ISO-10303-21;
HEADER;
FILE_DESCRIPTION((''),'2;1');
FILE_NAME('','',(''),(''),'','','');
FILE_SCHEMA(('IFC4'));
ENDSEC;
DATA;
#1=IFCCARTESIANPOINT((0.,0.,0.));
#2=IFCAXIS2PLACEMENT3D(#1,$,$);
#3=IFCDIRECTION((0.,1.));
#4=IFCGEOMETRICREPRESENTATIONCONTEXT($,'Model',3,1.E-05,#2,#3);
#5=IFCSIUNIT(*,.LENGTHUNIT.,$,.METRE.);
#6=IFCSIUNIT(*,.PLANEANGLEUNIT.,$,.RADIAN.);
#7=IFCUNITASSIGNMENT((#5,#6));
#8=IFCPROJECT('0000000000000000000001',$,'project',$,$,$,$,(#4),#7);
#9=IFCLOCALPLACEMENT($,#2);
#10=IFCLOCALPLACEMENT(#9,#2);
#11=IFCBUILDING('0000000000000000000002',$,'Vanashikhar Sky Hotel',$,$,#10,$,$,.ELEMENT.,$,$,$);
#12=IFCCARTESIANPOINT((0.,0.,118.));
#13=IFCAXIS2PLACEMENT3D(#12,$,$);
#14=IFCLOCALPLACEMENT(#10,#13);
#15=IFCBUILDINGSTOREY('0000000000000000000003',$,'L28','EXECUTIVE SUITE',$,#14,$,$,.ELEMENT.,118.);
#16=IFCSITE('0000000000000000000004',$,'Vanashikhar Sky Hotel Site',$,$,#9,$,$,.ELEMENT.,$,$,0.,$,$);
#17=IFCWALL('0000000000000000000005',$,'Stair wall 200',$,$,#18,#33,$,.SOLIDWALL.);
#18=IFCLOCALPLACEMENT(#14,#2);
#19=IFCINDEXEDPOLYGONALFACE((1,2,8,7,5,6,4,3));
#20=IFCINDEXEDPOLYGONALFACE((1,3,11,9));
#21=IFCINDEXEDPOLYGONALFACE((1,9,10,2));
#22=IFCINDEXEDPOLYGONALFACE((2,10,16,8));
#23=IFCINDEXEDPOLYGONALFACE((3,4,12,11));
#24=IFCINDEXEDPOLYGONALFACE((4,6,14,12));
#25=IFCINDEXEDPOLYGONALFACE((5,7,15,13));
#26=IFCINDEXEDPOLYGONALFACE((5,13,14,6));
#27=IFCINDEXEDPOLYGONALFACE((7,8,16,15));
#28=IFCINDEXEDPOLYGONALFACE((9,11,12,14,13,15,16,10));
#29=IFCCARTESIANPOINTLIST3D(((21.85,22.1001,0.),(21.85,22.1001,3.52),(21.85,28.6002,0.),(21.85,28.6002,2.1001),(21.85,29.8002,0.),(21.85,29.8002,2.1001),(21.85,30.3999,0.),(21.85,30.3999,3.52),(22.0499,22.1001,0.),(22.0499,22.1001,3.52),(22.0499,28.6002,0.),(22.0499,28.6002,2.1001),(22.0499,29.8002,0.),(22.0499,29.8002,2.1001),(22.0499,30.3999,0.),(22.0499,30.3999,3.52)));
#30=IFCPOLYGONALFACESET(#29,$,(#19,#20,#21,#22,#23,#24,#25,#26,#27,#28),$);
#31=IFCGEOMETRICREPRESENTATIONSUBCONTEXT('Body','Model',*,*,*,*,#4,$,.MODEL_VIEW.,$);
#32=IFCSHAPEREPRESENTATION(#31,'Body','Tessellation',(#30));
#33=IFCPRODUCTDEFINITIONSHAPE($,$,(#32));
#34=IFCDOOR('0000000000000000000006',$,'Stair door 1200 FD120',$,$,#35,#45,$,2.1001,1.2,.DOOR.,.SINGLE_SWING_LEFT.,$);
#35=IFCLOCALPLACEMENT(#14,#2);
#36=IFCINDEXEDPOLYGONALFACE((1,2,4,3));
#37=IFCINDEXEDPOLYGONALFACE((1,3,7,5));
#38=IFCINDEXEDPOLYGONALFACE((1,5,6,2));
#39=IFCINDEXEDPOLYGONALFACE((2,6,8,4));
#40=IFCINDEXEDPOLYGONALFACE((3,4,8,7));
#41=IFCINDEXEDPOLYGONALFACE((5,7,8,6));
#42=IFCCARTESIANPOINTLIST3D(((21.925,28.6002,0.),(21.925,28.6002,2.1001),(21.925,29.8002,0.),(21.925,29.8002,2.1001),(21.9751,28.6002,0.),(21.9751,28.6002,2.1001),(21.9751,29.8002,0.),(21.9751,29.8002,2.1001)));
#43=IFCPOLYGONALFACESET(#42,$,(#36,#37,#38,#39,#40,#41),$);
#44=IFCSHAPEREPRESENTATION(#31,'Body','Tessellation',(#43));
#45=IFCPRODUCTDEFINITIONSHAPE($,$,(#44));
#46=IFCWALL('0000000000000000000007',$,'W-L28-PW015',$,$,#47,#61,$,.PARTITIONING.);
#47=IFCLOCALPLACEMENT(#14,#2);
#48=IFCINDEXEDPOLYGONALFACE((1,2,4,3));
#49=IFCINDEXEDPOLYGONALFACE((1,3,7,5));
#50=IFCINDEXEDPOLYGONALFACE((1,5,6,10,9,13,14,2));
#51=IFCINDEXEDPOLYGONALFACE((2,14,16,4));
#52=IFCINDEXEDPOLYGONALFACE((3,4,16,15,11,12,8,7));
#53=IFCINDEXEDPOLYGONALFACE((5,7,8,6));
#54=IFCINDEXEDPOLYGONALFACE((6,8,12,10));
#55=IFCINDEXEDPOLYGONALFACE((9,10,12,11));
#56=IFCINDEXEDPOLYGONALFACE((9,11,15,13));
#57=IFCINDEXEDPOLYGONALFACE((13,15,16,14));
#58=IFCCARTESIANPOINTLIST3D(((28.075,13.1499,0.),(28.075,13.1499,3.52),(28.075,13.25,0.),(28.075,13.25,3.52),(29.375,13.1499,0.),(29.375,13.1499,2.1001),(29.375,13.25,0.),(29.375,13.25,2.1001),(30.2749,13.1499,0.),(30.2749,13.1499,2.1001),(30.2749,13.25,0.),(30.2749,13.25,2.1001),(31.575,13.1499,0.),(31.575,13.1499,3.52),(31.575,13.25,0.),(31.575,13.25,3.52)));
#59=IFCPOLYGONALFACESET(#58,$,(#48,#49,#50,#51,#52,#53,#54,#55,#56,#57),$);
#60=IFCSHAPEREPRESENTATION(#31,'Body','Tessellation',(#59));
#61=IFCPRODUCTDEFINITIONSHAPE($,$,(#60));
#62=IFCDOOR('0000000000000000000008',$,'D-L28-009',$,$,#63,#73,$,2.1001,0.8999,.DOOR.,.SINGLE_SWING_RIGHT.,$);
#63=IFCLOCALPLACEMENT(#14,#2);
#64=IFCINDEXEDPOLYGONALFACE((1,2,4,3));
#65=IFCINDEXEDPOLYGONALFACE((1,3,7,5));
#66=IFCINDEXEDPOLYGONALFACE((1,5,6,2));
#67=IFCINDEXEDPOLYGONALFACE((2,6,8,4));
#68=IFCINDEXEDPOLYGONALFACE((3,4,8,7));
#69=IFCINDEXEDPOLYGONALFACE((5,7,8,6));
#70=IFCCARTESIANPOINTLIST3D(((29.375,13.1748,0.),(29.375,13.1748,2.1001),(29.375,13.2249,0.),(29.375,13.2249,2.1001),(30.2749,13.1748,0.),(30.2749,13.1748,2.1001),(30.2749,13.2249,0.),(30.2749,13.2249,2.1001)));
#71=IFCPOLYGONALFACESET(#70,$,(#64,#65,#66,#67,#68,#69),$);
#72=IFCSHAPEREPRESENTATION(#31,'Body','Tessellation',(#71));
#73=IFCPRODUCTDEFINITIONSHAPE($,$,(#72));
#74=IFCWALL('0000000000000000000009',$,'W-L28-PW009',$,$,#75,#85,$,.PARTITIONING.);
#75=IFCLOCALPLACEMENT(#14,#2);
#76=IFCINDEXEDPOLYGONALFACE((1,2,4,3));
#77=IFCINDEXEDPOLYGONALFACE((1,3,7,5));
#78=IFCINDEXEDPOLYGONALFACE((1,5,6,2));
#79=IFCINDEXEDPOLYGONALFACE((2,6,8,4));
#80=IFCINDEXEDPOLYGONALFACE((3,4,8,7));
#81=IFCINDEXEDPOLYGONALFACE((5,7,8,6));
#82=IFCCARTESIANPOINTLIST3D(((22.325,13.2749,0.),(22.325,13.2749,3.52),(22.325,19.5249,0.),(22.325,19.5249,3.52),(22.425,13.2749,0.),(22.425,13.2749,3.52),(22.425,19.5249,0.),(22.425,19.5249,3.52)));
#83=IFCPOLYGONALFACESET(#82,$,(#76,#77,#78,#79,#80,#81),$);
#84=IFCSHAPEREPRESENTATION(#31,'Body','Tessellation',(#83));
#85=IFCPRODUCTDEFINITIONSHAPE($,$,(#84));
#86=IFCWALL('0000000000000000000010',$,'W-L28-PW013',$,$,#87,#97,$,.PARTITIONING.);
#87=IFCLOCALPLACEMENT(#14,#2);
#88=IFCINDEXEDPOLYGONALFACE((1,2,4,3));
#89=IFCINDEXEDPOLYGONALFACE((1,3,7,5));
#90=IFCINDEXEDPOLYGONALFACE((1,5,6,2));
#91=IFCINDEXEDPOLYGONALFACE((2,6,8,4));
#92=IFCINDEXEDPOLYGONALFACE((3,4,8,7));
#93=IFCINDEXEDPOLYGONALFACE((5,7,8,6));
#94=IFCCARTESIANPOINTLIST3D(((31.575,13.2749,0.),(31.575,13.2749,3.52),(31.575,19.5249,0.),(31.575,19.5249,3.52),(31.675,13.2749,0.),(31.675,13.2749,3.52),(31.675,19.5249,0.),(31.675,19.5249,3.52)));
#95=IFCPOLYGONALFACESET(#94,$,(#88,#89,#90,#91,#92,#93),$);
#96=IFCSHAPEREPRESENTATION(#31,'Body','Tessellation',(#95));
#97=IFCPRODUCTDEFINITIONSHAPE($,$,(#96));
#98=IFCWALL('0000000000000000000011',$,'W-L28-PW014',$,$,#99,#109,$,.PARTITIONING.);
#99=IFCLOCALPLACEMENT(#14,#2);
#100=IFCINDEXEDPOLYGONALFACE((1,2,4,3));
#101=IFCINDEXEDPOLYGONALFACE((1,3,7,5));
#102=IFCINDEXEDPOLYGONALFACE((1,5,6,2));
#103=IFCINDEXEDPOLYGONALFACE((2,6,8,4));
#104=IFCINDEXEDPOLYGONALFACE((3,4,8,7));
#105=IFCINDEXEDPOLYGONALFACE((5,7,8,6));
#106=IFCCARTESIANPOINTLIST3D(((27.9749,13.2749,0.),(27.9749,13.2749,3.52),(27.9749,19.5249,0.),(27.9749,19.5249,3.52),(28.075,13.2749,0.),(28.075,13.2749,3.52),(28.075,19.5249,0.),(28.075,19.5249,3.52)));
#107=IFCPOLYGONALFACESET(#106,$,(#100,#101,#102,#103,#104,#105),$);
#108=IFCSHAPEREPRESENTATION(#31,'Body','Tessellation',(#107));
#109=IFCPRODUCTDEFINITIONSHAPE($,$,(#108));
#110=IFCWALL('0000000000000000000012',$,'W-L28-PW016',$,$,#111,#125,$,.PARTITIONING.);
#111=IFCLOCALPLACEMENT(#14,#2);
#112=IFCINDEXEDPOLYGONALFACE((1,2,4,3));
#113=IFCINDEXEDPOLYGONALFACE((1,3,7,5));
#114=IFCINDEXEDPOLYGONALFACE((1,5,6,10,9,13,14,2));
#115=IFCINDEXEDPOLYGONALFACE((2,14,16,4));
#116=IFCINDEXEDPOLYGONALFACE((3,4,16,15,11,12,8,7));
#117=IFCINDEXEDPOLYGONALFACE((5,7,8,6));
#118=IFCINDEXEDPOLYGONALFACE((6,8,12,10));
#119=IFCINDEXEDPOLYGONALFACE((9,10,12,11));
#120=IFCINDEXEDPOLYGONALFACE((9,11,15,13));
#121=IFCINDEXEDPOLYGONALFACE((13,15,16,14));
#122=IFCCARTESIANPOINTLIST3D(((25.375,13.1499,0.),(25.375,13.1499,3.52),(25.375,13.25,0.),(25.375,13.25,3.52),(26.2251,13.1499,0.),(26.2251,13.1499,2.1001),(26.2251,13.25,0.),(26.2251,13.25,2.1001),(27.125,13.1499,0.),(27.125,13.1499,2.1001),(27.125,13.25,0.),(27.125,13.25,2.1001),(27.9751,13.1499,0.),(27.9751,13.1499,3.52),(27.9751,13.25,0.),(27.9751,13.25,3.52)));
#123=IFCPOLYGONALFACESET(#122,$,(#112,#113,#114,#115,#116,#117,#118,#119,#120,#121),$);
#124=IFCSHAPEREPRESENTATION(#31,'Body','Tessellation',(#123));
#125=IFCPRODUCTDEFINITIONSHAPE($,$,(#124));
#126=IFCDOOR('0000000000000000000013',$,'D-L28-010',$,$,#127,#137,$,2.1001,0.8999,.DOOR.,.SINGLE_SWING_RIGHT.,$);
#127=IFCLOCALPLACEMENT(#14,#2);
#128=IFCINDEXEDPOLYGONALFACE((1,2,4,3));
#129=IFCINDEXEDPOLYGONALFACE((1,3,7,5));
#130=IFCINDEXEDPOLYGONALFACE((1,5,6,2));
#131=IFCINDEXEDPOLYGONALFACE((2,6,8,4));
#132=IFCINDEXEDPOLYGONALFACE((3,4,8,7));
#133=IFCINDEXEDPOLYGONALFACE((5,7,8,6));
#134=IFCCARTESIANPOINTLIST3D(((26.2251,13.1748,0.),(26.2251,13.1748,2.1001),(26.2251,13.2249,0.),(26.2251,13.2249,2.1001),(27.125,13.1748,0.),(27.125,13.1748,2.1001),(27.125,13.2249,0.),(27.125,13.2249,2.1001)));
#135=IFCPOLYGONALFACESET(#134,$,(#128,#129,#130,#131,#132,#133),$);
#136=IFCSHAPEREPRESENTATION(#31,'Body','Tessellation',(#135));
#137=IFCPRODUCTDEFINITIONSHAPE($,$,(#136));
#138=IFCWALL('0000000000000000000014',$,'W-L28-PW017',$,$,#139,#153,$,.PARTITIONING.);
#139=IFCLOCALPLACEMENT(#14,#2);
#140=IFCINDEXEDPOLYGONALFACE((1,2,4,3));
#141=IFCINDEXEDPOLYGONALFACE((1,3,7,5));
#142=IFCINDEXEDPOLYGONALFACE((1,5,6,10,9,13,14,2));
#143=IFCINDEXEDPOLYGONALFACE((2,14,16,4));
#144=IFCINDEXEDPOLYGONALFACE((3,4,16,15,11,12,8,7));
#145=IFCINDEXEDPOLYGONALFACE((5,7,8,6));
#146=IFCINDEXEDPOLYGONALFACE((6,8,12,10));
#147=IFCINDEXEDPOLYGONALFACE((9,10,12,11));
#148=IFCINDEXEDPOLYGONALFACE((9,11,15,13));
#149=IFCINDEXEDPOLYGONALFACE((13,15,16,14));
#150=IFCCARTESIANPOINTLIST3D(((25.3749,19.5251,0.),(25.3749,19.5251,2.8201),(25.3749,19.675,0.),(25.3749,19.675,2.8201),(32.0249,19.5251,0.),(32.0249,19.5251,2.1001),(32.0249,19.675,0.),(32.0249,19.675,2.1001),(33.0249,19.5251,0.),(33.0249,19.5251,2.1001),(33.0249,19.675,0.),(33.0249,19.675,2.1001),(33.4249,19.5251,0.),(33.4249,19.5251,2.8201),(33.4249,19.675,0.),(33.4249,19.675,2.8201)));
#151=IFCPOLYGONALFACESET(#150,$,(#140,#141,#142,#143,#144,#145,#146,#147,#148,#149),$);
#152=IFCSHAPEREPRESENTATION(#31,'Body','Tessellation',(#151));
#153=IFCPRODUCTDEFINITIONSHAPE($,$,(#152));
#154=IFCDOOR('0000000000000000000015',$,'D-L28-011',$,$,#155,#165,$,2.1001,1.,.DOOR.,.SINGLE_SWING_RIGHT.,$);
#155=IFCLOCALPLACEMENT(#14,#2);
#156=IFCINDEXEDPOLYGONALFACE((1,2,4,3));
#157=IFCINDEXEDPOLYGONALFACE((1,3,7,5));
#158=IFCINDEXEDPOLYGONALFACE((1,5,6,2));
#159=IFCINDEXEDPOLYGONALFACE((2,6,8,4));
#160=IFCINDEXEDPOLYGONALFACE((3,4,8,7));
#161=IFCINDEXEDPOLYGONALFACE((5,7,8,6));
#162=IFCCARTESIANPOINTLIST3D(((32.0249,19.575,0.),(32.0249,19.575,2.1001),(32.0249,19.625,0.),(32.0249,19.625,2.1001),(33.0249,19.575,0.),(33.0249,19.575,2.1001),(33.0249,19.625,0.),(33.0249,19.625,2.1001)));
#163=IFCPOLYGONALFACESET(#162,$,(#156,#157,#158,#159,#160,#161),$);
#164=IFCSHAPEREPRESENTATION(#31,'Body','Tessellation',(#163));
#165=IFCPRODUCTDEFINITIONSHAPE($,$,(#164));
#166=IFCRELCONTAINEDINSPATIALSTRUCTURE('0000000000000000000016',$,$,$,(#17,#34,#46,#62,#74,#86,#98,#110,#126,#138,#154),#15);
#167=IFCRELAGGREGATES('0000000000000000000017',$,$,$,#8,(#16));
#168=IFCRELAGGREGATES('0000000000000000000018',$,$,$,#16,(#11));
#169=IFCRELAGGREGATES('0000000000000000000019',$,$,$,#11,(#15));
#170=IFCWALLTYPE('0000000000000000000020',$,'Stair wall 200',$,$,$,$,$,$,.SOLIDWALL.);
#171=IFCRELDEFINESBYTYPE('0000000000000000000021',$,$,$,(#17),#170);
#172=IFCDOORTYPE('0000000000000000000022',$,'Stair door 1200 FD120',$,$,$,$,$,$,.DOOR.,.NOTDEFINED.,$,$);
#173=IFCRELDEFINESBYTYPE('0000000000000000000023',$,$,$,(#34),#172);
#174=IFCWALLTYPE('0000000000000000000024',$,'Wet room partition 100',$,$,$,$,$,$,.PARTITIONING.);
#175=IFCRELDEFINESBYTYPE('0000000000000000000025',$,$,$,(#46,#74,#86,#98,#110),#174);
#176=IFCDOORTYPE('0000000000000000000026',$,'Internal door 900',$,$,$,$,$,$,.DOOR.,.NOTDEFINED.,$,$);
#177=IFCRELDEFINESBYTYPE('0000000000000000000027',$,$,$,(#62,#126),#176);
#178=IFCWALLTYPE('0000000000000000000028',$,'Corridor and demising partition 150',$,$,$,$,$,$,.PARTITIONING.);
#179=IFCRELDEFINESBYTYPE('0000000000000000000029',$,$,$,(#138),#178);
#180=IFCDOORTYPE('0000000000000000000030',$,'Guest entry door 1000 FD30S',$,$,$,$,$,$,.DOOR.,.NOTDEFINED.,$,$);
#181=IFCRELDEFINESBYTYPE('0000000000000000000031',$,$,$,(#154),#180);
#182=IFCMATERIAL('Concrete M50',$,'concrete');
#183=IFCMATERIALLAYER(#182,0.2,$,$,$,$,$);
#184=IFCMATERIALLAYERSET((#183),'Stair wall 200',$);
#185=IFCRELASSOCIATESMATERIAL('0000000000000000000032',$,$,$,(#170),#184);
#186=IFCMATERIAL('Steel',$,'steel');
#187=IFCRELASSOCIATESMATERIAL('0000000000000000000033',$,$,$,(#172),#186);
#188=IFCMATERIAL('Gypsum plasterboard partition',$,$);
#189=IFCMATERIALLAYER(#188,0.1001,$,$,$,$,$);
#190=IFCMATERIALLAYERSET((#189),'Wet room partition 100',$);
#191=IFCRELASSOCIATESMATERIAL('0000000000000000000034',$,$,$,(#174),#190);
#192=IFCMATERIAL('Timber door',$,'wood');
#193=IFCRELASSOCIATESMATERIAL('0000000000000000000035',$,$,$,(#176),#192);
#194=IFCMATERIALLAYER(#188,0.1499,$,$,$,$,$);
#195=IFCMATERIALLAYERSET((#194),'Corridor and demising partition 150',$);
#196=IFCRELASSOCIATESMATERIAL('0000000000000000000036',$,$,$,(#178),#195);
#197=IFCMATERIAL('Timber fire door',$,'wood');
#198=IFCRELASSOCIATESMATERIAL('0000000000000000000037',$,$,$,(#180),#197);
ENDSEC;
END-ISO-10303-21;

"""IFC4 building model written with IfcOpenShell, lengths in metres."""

from ifc_helpers import new_model, si_unit, direction, frame, frame_2d, origin, place, context, subcontext, project, spatial, rectangle, extrude, source, transform, mapped, material, layer, layer_set, type_object, element, fill, save


model = new_model("IFC4")

# Units and contexts
model_context = context("Model", 3, precision=1e-05, world=origin(), true_north=direction((0.0, 1.0)))
body_context = subcontext(model_context, "Body", "Model", "MODEL_VIEW")
ifc_project = project(units=[si_unit("LENGTHUNIT", "METRE"), si_unit("PLANEANGLEUNIT", "RADIAN")], contexts=[model_context])

# Site, building, storey
site_placement = place(None, origin())
site = spatial("IfcSite", under=ifc_project, at=site_placement, Name="Vanashikhar Sky Hotel Site", CompositionType="ELEMENT", RefElevation=0.0)
building_placement = place(site_placement, origin())
building = spatial("IfcBuilding", under=site, at=building_placement, Name="Vanashikhar Sky Hotel", CompositionType="ELEMENT")
storey_placement = place(building_placement, frame((0.0, 0.0, 118.0)))
storey = spatial("IfcBuildingStorey", under=building, at=storey_placement, Name="L28", Description="EXECUTIVE SUITE", CompositionType="ELEMENT", Elevation=118.0)

# Shared definitions
ifc_material_1 = material(Name="Concrete M50", Category="concrete")

# Shared definitions
ifc_material_2 = material(Name="Steel", Category="steel")

# Walls, openings, doors
ifc_layer_1 = layer(ifc_material_1, 0.2)
ifc_layer_set_1 = layer_set([ifc_layer_1], Name="Stair wall 200")
wall_type_1 = type_object("IfcWallType", Name="Stair wall 200", PredefinedType="SOLIDWALL", material=ifc_layer_set_1)
shared_shape_1 = source(origin(), body_context, "Body", "SweptSolid", [
    extrude(rectangle(XDim=8.2998, YDim=0.2, at=frame_2d((4.1499, 0.0))), origin(), (0.0, 0.0, 1.0), 3.52),
])
wall_1_placement = place(storey_placement, frame((21.95, 22.1001, 0.0), z_axis=(0.0, 0.0, 1.0), x_axis=(0.0, 1.0, 0.0)))
wall_1 = element("IfcWall", 1, at=wall_1_placement, inside=storey, type_object=wall_type_1, Name="Stair wall 200", PredefinedType="SOLIDWALL", context=body_context, shape_type="MappedRepresentation", body=[
    mapped(shared_shape_1, transform((0.0, 0.0, 0.0), scale=1.0)),
])
shared_shape_2 = source(origin(), body_context, "Body", "SweptSolid", [
    extrude(rectangle(XDim=1.2, YDim=2.1001, at=frame_2d((0.6001, 1.05))), frame((0.0, 0.1099, 0.0), z_axis=(0.0, -1.0, 0.0), x_axis=(1.0, 0.0, 0.0)), (0.0, 0.0, 1.0), 0.22),
])
opening_1_placement = place(wall_1_placement, frame((6.5, 0.0, 0.0)))
opening_1 = element("IfcOpeningElement", 2, at=opening_1_placement, cuts=wall_1, PredefinedType="OPENING", context=body_context, shape_type="MappedRepresentation", body=[
    mapped(shared_shape_2, transform((0.0, 0.0, 0.0), scale=1.0)),
])
door_type_1 = type_object("IfcDoorType", Name="Stair door 1200 FD120", OperationType="NOTDEFINED", PredefinedType="DOOR", material=ifc_material_2)
shared_shape_3 = source(origin(), body_context, "Body", "SweptSolid", [
    extrude(rectangle(XDim=1.2, YDim=2.1001, at=frame_2d((0.6001, 1.05))), frame((0.0, 0.0249, 0.0), z_axis=(0.0, -1.0, 0.0), x_axis=(1.0, 0.0, 0.0)), (0.0, 0.0, 1.0), 0.05),
])
door_1_placement = place(opening_1_placement, origin())
door_1 = element("IfcDoor", 3, at=door_1_placement, inside=storey, type_object=door_type_1, Name="Stair door 1200 FD120", OperationType="SINGLE_SWING_LEFT", OverallHeight=2.1001, OverallWidth=1.2, PredefinedType="DOOR", context=body_context, shape_type="MappedRepresentation", body=[
    mapped(shared_shape_3, transform((0.0, 0.0, 0.0), scale=1.0)),
])
fill(opening_1, door_1)
ifc_material_3 = material(Name="Gypsum plasterboard partition")
ifc_layer_2 = layer(ifc_material_3, 0.1001)
ifc_layer_set_2 = layer_set([ifc_layer_2], Name="Wet room partition 100")
wall_type_2 = type_object("IfcWallType", Name="Wet room partition 100", PredefinedType="PARTITIONING", material=ifc_layer_set_2)
shared_shape_4 = source(origin(), body_context, "Body", "SweptSolid", [
    extrude(rectangle(XDim=3.5, YDim=0.1001, at=frame_2d((1.75, 0.0))), origin(), (0.0, 0.0, 1.0), 3.52),
])
wall_2_placement = place(storey_placement, frame((28.075, 13.2, 0.0), z_axis=(0.0, 0.0, 1.0), x_axis=(1.0, 0.0, 0.0)))
wall_2 = element("IfcWall", 4, at=wall_2_placement, inside=storey, type_object=wall_type_2, Name="W-L28-PW015", PredefinedType="PARTITIONING", context=body_context, shape_type="MappedRepresentation", body=[
    mapped(shared_shape_4, transform((0.0, 0.0, 0.0), scale=1.0)),
])
shared_shape_5 = source(origin(), body_context, "Body", "SweptSolid", [
    extrude(rectangle(XDim=0.8999, YDim=2.1001, at=frame_2d((0.45, 1.05))), frame((0.0, 0.0601, 0.0), z_axis=(0.0, -1.0, 0.0), x_axis=(1.0, 0.0, 0.0)), (0.0, 0.0, 1.0), 0.1201),
])
opening_2_placement = place(wall_2_placement, frame((1.3, 0.0, 0.0)))
opening_2 = element("IfcOpeningElement", 5, at=opening_2_placement, cuts=wall_2, PredefinedType="OPENING", context=body_context, shape_type="MappedRepresentation", body=[
    mapped(shared_shape_5, transform((0.0, 0.0, 0.0), scale=1.0)),
])
ifc_material_4 = material(Name="Timber door", Category="wood")
door_type_2 = type_object("IfcDoorType", Name="Internal door 900", OperationType="NOTDEFINED", PredefinedType="DOOR", material=ifc_material_4)
shared_shape_6 = source(origin(), body_context, "Body", "SweptSolid", [
    extrude(rectangle(XDim=0.8999, YDim=2.1001, at=frame_2d((0.45, 1.05))), frame((0.0, 0.0249, 0.0), z_axis=(0.0, -1.0, 0.0), x_axis=(1.0, 0.0, 0.0)), (0.0, 0.0, 1.0), 0.05),
])
door_2_placement = place(opening_2_placement, origin())
door_2 = element("IfcDoor", 6, at=door_2_placement, inside=storey, type_object=door_type_2, Name="D-L28-009", OperationType="SINGLE_SWING_RIGHT", OverallHeight=2.1001, OverallWidth=0.8999, PredefinedType="DOOR", context=body_context, shape_type="MappedRepresentation", body=[
    mapped(shared_shape_6, transform((0.0, 0.0, 0.0), scale=1.0)),
])
fill(opening_2, door_2)

# Walls
shared_shape_7 = source(origin(), body_context, "Body", "SweptSolid", [
    extrude(rectangle(XDim=6.25, YDim=0.1001, at=frame_2d((3.125, 0.0))), origin(), (0.0, 0.0, 1.0), 3.52),
])
for number, where, z_axis, x_axis, name in (
    (7, (22.375, 13.2749, 0.0), (0.0, 0.0, 1.0), (0.0, 1.0, 0.0), "W-L28-PW009"),
    (8, (31.625, 13.2749, 0.0), (0.0, 0.0, 1.0), (0.0, 1.0, 0.0), "W-L28-PW013"),
    (9, (28.0249, 13.2749, 0.0), (0.0, 0.0, 1.0), (0.0, 1.0, 0.0), "W-L28-PW014"),
):
    element("IfcWall", number, at=place(storey_placement, frame(where, z_axis=z_axis, x_axis=x_axis)), inside=storey, type_object=wall_type_2, Name=name, PredefinedType="PARTITIONING", context=body_context, shape_type="MappedRepresentation", body=[
        mapped(shared_shape_7, transform((0.0, 0.0, 0.0), scale=1.0)),
    ])

# Walls, openings, doors
shared_shape_8 = source(origin(), body_context, "Body", "SweptSolid", [
    extrude(rectangle(XDim=2.6001, YDim=0.1001, at=frame_2d((1.3, 0.0))), origin(), (0.0, 0.0, 1.0), 3.52),
])
wall_3_placement = place(storey_placement, frame((25.375, 13.2, 0.0), z_axis=(0.0, 0.0, 1.0), x_axis=(1.0, 0.0, 0.0)))
wall_3 = element("IfcWall", 10, at=wall_3_placement, inside=storey, type_object=wall_type_2, Name="W-L28-PW016", PredefinedType="PARTITIONING", context=body_context, shape_type="MappedRepresentation", body=[
    mapped(shared_shape_8, transform((0.0, 0.0, 0.0), scale=1.0)),
])
opening_3_placement = place(wall_3_placement, frame((0.8501, 0.0, 0.0)))
opening_3 = element("IfcOpeningElement", 11, at=opening_3_placement, cuts=wall_3, PredefinedType="OPENING", context=body_context, shape_type="MappedRepresentation", body=[
    mapped(shared_shape_5, transform((0.0, 0.0, 0.0), scale=1.0)),
])
door_3_placement = place(opening_3_placement, origin())
door_3 = element("IfcDoor", 12, at=door_3_placement, inside=storey, type_object=door_type_2, Name="D-L28-010", OperationType="SINGLE_SWING_RIGHT", OverallHeight=2.1001, OverallWidth=0.8999, PredefinedType="DOOR", context=body_context, shape_type="MappedRepresentation", body=[
    mapped(shared_shape_6, transform((0.0, 0.0, 0.0), scale=1.0)),
])
fill(opening_3, door_3)
ifc_layer_3 = layer(ifc_material_3, 0.1499)
ifc_layer_set_3 = layer_set([ifc_layer_3], Name="Corridor and demising partition 150")
wall_type_3 = type_object("IfcWallType", Name="Corridor and demising partition 150", PredefinedType="PARTITIONING", material=ifc_layer_set_3)
shared_shape_9 = source(origin(), body_context, "Body", "SweptSolid", [
    extrude(rectangle(XDim=8.05, YDim=0.1499, at=frame_2d((4.0249, 0.0))), origin(), (0.0, 0.0, 1.0), 2.8201),
])
wall_4_placement = place(storey_placement, frame((25.375, 19.6001, 0.0), z_axis=(0.0, 0.0, 1.0), x_axis=(1.0, 0.0, 0.0)))
wall_4 = element("IfcWall", 13, at=wall_4_placement, inside=storey, type_object=wall_type_3, Name="W-L28-PW017", PredefinedType="PARTITIONING", context=body_context, shape_type="MappedRepresentation", body=[
    mapped(shared_shape_9, transform((0.0, 0.0, 0.0), scale=1.0)),
])
shared_shape_10 = source(origin(), body_context, "Body", "SweptSolid", [
    extrude(rectangle(XDim=1.0, YDim=2.1001, at=frame_2d((0.5, 1.05))), frame((0.0, 0.085, 0.0), z_axis=(0.0, -1.0, 0.0), x_axis=(1.0, 0.0, 0.0)), (0.0, 0.0, 1.0), 0.1699),
])
opening_4_placement = place(wall_4_placement, frame((6.6499, 0.0, 0.0)))
opening_4 = element("IfcOpeningElement", 14, at=opening_4_placement, cuts=wall_4, PredefinedType="OPENING", context=body_context, shape_type="MappedRepresentation", body=[
    mapped(shared_shape_10, transform((0.0, 0.0, 0.0), scale=1.0)),
])
ifc_material_5 = material(Name="Timber fire door", Category="wood")
door_type_3 = type_object("IfcDoorType", Name="Guest entry door 1000 FD30S", OperationType="NOTDEFINED", PredefinedType="DOOR", material=ifc_material_5)
shared_shape_11 = source(origin(), body_context, "Body", "SweptSolid", [
    extrude(rectangle(XDim=1.0, YDim=2.1001, at=frame_2d((0.5, 1.05))), frame((0.0, 0.0249, 0.0), z_axis=(0.0, -1.0, 0.0), x_axis=(1.0, 0.0, 0.0)), (0.0, 0.0, 1.0), 0.05),
])
door_4_placement = place(opening_4_placement, origin())
door_4 = element("IfcDoor", 15, at=door_4_placement, inside=storey, type_object=door_type_3, Name="D-L28-011", OperationType="SINGLE_SWING_RIGHT", OverallHeight=2.1001, OverallWidth=1.0, PredefinedType="DOOR", context=body_context, shape_type="MappedRepresentation", body=[
    mapped(shared_shape_11, transform((0.0, 0.0, 0.0), scale=1.0)),
])
fill(opening_4, door_4)

save(model, "model.ifc")
